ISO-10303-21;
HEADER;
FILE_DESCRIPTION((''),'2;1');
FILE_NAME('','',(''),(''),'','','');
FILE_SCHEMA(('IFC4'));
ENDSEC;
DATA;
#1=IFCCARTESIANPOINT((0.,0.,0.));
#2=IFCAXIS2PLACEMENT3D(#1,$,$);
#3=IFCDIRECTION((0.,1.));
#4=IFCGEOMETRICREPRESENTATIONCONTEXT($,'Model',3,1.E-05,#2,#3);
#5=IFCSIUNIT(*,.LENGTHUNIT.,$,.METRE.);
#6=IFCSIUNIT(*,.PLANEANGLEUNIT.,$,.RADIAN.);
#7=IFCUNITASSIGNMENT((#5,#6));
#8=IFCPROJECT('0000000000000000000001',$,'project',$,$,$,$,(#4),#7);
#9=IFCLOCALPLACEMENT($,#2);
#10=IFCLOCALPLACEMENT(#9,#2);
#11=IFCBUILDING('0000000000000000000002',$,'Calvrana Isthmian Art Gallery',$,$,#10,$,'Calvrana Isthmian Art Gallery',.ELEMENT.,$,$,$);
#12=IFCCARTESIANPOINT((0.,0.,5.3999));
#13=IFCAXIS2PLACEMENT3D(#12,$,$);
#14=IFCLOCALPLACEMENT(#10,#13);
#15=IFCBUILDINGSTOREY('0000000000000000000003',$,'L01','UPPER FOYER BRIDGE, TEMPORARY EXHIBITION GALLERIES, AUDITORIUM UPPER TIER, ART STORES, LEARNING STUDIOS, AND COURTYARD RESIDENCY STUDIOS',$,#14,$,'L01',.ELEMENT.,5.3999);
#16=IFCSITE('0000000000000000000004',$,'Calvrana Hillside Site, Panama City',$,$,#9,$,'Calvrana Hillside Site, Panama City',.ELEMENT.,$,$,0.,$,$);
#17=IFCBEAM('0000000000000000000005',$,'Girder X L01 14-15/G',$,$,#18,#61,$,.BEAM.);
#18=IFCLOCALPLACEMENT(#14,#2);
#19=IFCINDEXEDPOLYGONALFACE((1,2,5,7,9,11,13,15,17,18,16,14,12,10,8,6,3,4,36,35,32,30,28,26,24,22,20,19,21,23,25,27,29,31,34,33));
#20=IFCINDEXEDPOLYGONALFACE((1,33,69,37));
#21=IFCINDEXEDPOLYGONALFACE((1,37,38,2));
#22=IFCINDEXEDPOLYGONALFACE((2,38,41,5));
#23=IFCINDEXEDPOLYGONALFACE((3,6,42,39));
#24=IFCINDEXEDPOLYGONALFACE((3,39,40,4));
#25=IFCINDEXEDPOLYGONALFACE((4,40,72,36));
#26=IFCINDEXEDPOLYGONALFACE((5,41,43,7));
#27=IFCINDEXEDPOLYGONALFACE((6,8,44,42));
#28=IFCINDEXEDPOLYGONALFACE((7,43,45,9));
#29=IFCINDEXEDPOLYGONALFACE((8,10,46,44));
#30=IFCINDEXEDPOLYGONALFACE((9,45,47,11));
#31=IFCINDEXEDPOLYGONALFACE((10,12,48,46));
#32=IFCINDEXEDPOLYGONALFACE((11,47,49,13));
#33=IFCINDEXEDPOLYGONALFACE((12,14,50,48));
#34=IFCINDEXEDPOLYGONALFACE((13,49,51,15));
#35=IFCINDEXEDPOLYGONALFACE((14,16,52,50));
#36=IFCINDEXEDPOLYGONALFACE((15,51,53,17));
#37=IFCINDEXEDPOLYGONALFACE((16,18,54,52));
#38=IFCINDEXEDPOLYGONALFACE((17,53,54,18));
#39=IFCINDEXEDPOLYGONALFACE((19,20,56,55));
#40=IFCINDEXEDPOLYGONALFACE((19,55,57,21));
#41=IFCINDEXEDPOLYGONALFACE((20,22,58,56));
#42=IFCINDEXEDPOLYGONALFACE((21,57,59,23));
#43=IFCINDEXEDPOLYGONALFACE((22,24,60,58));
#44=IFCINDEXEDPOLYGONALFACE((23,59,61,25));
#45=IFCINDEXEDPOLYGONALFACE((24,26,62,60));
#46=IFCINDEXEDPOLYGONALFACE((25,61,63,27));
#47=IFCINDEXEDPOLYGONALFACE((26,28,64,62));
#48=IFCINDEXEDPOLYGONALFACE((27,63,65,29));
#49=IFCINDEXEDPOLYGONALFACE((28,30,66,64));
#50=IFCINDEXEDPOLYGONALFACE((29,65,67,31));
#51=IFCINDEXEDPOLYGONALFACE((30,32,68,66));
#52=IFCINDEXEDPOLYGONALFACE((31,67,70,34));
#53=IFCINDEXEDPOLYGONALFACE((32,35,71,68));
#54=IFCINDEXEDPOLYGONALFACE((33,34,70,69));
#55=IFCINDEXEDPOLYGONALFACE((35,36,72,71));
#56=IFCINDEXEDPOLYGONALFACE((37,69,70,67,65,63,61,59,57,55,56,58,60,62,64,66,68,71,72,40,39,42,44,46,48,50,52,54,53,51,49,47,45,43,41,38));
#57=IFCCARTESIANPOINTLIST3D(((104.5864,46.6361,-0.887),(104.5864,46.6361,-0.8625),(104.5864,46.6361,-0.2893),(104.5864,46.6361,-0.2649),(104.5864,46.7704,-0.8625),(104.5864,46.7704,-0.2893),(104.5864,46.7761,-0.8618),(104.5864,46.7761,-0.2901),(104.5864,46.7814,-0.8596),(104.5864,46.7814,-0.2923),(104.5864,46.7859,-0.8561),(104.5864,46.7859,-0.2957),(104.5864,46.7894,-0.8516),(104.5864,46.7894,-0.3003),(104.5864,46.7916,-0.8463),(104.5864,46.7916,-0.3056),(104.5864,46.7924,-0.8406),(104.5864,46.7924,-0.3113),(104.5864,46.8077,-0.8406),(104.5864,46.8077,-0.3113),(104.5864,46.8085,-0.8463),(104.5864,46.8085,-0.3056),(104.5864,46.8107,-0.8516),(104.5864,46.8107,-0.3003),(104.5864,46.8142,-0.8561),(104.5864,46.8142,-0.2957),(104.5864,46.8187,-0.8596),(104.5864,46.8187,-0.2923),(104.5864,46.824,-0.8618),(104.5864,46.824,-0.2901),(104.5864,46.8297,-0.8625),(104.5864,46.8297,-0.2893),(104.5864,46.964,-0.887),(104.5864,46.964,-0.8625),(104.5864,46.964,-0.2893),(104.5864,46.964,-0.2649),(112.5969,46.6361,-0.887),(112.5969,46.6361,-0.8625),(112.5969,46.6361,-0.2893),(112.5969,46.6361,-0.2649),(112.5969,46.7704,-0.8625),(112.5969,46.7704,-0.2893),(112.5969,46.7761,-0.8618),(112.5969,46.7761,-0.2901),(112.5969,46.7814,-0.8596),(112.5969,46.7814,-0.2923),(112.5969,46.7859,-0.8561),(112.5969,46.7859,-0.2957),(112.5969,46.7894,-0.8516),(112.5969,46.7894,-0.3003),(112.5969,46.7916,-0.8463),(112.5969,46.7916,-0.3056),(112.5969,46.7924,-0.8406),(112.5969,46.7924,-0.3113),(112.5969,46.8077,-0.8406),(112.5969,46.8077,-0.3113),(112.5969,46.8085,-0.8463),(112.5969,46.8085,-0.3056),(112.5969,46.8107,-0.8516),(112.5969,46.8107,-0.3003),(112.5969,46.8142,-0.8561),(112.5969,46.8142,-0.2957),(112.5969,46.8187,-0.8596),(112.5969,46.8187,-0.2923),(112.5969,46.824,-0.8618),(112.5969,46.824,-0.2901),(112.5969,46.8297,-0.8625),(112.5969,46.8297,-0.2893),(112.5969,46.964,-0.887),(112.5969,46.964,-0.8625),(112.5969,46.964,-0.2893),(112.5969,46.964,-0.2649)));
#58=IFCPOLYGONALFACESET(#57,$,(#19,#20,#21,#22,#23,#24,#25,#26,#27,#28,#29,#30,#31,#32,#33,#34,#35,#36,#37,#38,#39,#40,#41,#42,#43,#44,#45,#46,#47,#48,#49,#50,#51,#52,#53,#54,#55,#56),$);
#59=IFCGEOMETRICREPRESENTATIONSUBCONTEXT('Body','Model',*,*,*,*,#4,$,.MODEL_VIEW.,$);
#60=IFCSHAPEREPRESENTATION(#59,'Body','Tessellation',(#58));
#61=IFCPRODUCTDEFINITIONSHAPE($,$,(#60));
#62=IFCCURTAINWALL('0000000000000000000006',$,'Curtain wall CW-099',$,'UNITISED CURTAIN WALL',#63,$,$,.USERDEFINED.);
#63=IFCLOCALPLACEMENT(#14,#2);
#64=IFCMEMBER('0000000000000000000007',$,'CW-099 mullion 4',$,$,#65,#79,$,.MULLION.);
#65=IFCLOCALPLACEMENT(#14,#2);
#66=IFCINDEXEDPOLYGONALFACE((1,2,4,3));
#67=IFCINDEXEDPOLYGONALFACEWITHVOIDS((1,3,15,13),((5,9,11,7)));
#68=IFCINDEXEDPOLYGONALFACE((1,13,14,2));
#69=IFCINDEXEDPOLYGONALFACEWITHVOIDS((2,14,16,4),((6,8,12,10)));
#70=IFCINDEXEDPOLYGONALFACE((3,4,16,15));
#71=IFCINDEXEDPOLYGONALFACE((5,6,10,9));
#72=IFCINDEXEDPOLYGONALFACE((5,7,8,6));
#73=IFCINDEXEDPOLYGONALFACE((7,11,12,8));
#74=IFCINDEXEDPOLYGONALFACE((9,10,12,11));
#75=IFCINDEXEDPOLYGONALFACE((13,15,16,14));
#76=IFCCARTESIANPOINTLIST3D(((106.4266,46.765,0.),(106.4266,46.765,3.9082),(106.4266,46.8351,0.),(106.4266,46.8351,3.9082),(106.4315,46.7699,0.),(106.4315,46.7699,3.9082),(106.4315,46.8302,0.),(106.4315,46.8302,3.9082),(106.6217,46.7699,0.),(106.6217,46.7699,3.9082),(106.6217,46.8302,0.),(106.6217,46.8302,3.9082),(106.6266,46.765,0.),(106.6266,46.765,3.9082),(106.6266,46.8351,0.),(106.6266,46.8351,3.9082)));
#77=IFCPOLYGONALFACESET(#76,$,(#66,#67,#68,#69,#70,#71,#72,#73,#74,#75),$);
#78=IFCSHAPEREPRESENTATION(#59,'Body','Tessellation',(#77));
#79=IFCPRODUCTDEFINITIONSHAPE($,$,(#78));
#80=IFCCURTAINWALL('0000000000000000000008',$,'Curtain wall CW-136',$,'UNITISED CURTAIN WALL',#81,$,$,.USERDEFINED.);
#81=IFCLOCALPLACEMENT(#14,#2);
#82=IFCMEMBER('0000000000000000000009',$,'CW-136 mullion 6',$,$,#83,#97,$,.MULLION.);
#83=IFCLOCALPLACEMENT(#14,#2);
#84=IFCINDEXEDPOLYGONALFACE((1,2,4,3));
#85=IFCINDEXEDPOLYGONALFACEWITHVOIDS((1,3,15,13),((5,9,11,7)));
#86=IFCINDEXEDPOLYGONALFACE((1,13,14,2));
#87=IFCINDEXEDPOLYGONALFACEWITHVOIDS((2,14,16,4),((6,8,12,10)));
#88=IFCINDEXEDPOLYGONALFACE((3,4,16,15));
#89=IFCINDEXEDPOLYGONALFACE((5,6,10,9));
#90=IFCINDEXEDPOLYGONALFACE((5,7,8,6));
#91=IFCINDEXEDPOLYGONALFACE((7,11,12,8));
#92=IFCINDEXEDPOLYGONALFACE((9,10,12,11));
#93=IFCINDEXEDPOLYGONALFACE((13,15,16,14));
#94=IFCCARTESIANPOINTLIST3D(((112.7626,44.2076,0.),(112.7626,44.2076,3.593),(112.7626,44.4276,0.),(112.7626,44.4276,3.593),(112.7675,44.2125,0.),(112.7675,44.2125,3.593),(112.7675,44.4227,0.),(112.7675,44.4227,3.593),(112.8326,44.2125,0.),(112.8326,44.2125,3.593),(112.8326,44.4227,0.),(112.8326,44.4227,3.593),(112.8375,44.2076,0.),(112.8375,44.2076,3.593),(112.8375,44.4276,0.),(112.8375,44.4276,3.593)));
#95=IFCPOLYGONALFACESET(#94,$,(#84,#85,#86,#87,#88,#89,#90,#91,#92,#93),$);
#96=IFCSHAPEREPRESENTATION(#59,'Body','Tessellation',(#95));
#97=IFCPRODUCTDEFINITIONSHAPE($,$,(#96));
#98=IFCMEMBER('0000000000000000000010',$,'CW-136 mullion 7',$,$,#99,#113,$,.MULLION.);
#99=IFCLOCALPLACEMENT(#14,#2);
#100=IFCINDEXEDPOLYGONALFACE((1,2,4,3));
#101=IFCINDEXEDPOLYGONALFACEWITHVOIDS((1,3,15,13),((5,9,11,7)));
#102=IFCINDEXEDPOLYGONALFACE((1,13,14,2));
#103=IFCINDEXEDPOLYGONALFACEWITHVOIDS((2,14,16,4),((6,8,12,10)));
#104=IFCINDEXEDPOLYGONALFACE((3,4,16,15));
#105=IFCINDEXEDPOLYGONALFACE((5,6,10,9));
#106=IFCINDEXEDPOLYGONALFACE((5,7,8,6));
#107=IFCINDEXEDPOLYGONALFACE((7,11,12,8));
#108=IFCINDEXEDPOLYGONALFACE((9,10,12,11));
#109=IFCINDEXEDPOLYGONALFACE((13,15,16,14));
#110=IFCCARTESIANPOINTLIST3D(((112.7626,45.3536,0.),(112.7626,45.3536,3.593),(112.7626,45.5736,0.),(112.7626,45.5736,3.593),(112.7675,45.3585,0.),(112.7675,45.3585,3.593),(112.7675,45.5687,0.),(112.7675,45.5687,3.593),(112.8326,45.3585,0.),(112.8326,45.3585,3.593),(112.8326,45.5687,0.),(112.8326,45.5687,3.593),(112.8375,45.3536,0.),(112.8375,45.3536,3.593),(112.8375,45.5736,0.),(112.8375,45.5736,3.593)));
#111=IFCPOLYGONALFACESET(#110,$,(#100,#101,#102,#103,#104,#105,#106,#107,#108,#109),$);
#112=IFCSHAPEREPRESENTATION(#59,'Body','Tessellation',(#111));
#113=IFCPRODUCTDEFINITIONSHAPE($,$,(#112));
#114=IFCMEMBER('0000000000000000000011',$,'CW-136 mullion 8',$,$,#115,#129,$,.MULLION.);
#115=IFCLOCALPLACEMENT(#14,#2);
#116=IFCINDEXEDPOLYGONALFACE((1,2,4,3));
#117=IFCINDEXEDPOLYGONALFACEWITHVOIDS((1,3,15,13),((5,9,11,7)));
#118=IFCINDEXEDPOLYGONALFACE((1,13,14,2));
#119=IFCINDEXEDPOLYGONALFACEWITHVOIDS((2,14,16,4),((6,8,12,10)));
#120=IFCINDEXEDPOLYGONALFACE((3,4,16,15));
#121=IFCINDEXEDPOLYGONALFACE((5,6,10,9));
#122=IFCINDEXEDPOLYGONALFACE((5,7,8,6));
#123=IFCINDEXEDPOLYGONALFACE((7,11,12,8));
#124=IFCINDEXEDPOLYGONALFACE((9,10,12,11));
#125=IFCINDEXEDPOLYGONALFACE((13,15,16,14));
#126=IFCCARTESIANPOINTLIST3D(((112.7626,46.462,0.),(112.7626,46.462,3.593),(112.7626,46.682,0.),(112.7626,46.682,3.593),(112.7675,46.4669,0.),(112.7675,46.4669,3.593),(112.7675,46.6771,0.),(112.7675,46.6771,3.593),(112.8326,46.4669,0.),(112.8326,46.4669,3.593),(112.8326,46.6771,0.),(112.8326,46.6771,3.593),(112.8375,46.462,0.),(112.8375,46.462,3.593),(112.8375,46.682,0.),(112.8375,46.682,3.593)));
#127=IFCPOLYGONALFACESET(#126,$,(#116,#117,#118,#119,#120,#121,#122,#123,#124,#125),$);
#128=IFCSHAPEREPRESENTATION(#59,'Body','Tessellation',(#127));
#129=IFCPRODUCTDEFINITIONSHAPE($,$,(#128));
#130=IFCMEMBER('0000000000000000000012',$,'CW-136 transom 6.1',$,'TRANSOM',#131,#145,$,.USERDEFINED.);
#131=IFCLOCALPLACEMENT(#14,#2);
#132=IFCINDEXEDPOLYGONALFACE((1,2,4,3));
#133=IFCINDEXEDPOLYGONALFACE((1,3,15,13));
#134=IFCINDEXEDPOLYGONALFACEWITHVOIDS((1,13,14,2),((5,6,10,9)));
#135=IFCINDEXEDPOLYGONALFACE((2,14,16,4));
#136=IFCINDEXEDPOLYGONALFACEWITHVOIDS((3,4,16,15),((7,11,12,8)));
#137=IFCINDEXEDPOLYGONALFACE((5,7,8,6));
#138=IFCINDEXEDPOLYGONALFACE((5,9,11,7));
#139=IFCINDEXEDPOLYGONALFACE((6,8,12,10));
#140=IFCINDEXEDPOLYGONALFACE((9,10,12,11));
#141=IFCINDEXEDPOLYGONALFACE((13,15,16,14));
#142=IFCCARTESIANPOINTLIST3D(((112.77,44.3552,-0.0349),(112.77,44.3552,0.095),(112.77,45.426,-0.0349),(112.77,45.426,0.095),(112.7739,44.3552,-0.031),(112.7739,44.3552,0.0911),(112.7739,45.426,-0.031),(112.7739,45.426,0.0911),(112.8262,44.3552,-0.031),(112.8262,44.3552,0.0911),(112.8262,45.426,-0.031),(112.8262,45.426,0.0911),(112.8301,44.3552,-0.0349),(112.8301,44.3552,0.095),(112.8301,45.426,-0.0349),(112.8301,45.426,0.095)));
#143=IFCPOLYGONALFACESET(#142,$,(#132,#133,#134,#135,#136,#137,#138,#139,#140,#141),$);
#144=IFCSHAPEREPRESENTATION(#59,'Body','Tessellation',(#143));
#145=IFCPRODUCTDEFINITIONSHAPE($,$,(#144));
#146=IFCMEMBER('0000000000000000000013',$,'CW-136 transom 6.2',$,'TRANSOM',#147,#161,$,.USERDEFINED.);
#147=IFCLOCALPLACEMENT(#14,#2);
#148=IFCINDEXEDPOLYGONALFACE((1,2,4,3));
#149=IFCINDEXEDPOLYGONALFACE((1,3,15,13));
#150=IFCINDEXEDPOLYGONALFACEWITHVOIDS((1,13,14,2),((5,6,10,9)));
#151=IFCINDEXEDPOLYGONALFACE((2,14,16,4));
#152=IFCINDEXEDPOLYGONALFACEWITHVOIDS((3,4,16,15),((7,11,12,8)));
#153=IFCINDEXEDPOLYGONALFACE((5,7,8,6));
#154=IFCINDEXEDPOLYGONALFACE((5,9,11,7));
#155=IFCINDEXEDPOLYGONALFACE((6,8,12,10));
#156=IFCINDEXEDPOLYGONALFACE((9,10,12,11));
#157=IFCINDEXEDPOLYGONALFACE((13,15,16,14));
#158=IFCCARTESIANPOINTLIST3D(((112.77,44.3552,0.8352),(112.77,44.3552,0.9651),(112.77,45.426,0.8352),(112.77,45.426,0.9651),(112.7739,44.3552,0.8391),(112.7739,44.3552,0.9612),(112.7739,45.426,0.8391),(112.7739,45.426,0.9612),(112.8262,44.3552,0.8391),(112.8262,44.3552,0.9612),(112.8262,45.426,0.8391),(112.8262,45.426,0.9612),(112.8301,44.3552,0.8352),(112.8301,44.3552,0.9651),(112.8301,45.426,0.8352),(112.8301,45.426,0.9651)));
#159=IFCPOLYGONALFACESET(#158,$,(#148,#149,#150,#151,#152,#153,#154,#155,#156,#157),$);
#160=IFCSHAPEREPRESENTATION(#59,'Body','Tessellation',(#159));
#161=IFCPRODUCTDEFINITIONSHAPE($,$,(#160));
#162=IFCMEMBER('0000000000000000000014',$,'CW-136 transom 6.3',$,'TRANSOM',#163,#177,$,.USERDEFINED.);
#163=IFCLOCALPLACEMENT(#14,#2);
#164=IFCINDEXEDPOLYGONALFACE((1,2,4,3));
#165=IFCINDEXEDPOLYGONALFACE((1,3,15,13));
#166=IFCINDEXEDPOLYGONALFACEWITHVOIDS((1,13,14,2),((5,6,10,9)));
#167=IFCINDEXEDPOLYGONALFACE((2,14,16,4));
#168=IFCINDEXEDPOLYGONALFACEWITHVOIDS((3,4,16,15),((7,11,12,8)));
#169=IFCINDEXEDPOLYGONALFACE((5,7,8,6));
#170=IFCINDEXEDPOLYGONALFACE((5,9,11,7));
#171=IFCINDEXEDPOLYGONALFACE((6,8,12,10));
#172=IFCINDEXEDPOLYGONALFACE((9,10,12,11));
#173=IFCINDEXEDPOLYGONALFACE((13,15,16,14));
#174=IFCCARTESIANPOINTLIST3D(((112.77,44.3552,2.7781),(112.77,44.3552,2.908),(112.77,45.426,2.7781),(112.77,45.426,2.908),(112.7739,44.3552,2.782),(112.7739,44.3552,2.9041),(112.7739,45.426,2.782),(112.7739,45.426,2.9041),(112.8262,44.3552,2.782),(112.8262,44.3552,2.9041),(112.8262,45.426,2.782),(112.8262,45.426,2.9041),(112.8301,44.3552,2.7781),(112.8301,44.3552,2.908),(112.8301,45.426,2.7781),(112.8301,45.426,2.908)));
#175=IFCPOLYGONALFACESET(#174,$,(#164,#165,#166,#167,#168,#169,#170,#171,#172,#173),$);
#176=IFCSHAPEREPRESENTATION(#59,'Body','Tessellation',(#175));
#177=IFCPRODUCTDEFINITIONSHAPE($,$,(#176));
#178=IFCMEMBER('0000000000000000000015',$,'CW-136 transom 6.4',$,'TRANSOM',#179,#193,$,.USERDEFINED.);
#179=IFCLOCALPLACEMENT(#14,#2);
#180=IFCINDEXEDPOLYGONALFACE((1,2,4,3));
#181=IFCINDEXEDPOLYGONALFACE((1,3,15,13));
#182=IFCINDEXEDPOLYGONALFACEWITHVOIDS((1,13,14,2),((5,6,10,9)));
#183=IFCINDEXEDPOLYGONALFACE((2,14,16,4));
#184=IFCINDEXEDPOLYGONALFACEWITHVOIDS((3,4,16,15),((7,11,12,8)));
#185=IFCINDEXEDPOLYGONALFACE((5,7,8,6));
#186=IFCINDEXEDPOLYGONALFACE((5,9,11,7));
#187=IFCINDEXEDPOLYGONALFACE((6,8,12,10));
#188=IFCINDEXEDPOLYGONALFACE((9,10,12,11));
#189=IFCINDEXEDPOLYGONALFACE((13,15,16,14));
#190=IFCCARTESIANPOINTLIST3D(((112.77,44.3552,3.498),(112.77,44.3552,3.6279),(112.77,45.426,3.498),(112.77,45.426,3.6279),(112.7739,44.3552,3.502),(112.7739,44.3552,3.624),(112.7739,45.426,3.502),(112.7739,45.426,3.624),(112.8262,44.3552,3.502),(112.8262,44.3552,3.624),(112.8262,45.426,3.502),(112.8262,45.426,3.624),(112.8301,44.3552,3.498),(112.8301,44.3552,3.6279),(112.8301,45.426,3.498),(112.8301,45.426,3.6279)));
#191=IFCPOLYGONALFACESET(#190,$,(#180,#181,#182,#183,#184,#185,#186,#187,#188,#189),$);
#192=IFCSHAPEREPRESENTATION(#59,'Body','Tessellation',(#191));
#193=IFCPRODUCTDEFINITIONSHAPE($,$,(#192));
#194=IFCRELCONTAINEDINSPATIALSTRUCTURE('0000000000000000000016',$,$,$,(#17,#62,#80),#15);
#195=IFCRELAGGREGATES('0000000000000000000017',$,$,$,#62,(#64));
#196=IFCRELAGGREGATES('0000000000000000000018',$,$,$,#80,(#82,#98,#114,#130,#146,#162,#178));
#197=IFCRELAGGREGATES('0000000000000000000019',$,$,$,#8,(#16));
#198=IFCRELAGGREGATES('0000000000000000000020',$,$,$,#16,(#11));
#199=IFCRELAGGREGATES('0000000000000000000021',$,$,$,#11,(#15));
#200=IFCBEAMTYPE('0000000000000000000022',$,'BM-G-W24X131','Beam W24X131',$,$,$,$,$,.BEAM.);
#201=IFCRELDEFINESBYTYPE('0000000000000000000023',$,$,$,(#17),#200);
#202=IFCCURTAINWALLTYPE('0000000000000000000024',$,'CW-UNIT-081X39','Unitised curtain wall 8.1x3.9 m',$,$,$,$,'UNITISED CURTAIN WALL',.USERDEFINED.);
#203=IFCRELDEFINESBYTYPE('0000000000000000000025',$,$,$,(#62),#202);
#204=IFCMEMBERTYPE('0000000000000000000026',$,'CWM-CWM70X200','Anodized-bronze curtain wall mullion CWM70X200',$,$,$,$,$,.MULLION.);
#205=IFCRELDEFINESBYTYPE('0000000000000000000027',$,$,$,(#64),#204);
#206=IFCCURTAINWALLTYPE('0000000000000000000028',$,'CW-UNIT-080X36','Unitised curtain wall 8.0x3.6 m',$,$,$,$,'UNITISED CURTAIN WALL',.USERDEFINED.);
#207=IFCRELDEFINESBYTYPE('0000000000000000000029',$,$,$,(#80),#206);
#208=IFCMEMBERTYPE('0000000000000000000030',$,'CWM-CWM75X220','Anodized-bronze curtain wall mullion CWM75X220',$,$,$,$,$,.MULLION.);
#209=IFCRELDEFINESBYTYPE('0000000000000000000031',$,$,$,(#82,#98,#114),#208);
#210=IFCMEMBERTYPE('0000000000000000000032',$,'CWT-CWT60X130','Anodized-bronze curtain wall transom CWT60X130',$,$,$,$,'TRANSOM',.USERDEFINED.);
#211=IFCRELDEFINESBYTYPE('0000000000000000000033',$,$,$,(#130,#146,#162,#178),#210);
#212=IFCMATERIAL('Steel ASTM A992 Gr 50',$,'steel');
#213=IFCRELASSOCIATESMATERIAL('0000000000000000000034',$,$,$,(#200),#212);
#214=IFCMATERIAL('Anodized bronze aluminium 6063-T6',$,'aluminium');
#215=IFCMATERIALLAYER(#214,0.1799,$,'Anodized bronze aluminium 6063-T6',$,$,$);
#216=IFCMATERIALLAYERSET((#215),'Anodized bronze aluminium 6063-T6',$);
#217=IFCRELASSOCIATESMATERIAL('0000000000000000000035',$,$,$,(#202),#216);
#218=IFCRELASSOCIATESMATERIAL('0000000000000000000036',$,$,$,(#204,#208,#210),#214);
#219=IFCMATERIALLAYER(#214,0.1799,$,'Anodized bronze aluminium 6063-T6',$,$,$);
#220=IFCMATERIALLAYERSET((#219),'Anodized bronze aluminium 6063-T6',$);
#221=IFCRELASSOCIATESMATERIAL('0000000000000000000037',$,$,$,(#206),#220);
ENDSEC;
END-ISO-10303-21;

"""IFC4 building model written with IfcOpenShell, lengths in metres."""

from ifc_helpers import new_model, si_unit, direction, frame, origin, origin_2d, place, context, subcontext, project, spatial, hollow_rectangle, i_section, extrude, material, layer, layer_set, material_profile, profile_set, type_object, element, aggregate, save


model = new_model("IFC4")

# Units and contexts
model_context = context("Model", 3, precision=1e-05, world=origin(), true_north=direction((0.0, 1.0)))
body_context = subcontext(model_context, "Body", "Model", "MODEL_VIEW")
ifc_project = project(units=[si_unit("LENGTHUNIT", "METRE"), si_unit("PLANEANGLEUNIT", "RADIAN")], contexts=[model_context])

# Site, building, storey
site_placement = place(None, origin())
site = spatial("IfcSite", under=ifc_project, at=site_placement, Name="Calvrana Hillside Site, Panama City", LongName="Calvrana Hillside Site, Panama City", CompositionType="ELEMENT", RefElevation=0.0)
building_placement = place(site_placement, origin())
building = spatial("IfcBuilding", under=site, at=building_placement, Name="Calvrana Isthmian Art Gallery", LongName="Calvrana Isthmian Art Gallery", CompositionType="ELEMENT")
storey_placement = place(building_placement, frame((0.0, 0.0, 5.3999)))
storey = spatial("IfcBuildingStorey", under=building, at=storey_placement, Name="L01", Description="UPPER FOYER BRIDGE, TEMPORARY EXHIBITION GALLERIES, AUDITORIUM UPPER TIER, ART STORES, LEARNING STUDIOS, AND COURTYARD RESIDENCY STUDIOS", LongName="L01", CompositionType="ELEMENT", Elevation=5.3999)

# Beam
ifc_material_1 = material(Name="Steel ASTM A992 Gr 50", Category="steel")
ifc_material_profile_1 = material_profile(ifc_material_1, i_section(OverallWidth=0.3279, OverallDepth=0.6221, WebThickness=0.0154, FlangeThickness=0.0244, FilletRadius=0.022, at=origin_2d()), Name="W24X131")
ifc_profile_set_1 = profile_set([ifc_material_profile_1], Name="Steel ASTM A992 Gr 50")
beam_type = type_object("IfcBeamType", Name="BM-G-W24X131", Description="Beam W24X131", PredefinedType="BEAM", material=ifc_profile_set_1)
beam_placement = place(storey_placement, frame((104.5864, 46.8, -0.5759), z_axis=(1.0, 0.0, 0.0), x_axis=(0.0, 1.0, 0.0)))
element("IfcBeam", 1, at=beam_placement, inside=storey, type_object=beam_type, Name="Girder X L01 14-15/G", PredefinedType="BEAM", context=body_context, shape_type="SweptSolid", body=[
    extrude(i_section(OverallWidth=0.3279, OverallDepth=0.6221, WebThickness=0.0154, FlangeThickness=0.0244, FilletRadius=0.022, at=origin_2d()), origin(), (0.0, 0.0, 1.0), 8.0105),
])

# Curtain wall, member
ifc_material_2 = material(Name="Anodized bronze aluminium 6063-T6", Category="aluminium")
ifc_layer_1 = layer(ifc_material_2, 0.1799, Name="Anodized bronze aluminium 6063-T6")
ifc_layer_set_1 = layer_set([ifc_layer_1], Name="Anodized bronze aluminium 6063-T6")
curtain_wall_type_1 = type_object("IfcCurtainWallType", Name="CW-UNIT-081X39", Description="Unitised curtain wall 8.1x3.9 m", ElementType="UNITISED CURTAIN WALL", PredefinedType="USERDEFINED", material=ifc_layer_set_1)
curtain_wall_1_placement = place(storey_placement, origin())
curtain_wall_1 = element("IfcCurtainWall", 2, at=curtain_wall_1_placement, inside=storey, type_object=curtain_wall_type_1, Name="Curtain wall CW-099", ObjectType="UNITISED CURTAIN WALL", PredefinedType="USERDEFINED")
ifc_material_profile_2 = material_profile(ifc_material_2, hollow_rectangle(XDim=0.0701, YDim=0.2, WallThickness=0.0049, at=origin_2d()), Name="CWM70X200")
ifc_profile_set_2 = profile_set([ifc_material_profile_2], Name="Anodized bronze aluminium 6063-T6")
member_type_1 = type_object("IfcMemberType", Name="CWM-CWM70X200", Description="Anodized-bronze curtain wall mullion CWM70X200", PredefinedType="MULLION", material=ifc_profile_set_2)
member_1_placement = place(storey_placement, frame((106.5266, 46.8, 0.0), z_axis=(0.0, 0.0, 1.0), x_axis=(0.0, -1.0, 0.0)))
member_1 = element("IfcMember", 3, at=member_1_placement, type_object=member_type_1, Name="CW-099 mullion 4", PredefinedType="MULLION", context=body_context, shape_type="SweptSolid", body=[
    extrude(hollow_rectangle(XDim=0.0701, YDim=0.2, WallThickness=0.0049, at=origin_2d()), origin(), (0.0, 0.0, 1.0), 3.9082),
])

# Curtain wall, members
ifc_layer_2 = layer(ifc_material_2, 0.1799, Name="Anodized bronze aluminium 6063-T6")
ifc_layer_set_2 = layer_set([ifc_layer_2], Name="Anodized bronze aluminium 6063-T6")
curtain_wall_type_2 = type_object("IfcCurtainWallType", Name="CW-UNIT-080X36", Description="Unitised curtain wall 8.0x3.6 m", ElementType="UNITISED CURTAIN WALL", PredefinedType="USERDEFINED", material=ifc_layer_set_2)
curtain_wall_2_placement = place(storey_placement, origin())
curtain_wall_2 = element("IfcCurtainWall", 4, at=curtain_wall_2_placement, inside=storey, type_object=curtain_wall_type_2, Name="Curtain wall CW-136", ObjectType="UNITISED CURTAIN WALL", PredefinedType="USERDEFINED")
ifc_material_profile_3 = material_profile(ifc_material_2, hollow_rectangle(XDim=0.075, YDim=0.22, WallThickness=0.0049, at=origin_2d()), Name="CWM75X220")
ifc_profile_set_3 = profile_set([ifc_material_profile_3], Name="Anodized bronze aluminium 6063-T6")
member_type_2 = type_object("IfcMemberType", Name="CWM-CWM75X220", Description="Anodized-bronze curtain wall mullion CWM75X220", PredefinedType="MULLION", material=ifc_profile_set_3)
member_2_placement = place(storey_placement, frame((112.8, 44.3176, 0.0), z_axis=(0.0, 0.0, 1.0), x_axis=(-1.0, 0.0, 0.0)))
member_2 = element("IfcMember", 5, at=member_2_placement, type_object=member_type_2, Name="CW-136 mullion 6", PredefinedType="MULLION", context=body_context, shape_type="SweptSolid", body=[
    extrude(hollow_rectangle(XDim=0.075, YDim=0.22, WallThickness=0.0049, at=origin_2d()), origin(), (0.0, 0.0, 1.0), 3.593),
])
member_3_placement = place(storey_placement, frame((112.8, 45.4636, 0.0), z_axis=(0.0, 0.0, 1.0), x_axis=(-1.0, 0.0, 0.0)))
member_3 = element("IfcMember", 6, at=member_3_placement, type_object=member_type_2, Name="CW-136 mullion 7", PredefinedType="MULLION", context=body_context, shape_type="SweptSolid", body=[
    extrude(hollow_rectangle(XDim=0.075, YDim=0.22, WallThickness=0.0049, at=origin_2d()), origin(), (0.0, 0.0, 1.0), 3.593),
])
member_4_placement = place(storey_placement, frame((112.8, 46.572, 0.0), z_axis=(0.0, 0.0, 1.0), x_axis=(-1.0, 0.0, 0.0)))
member_4 = element("IfcMember", 7, at=member_4_placement, type_object=member_type_2, Name="CW-136 mullion 8", PredefinedType="MULLION", context=body_context, shape_type="SweptSolid", body=[
    extrude(hollow_rectangle(XDim=0.075, YDim=0.22, WallThickness=0.0049, at=origin_2d()), origin(), (0.0, 0.0, 1.0), 3.593),
])
ifc_material_profile_4 = material_profile(ifc_material_2, hollow_rectangle(XDim=0.0601, YDim=0.1299, WallThickness=0.0039, at=origin_2d()), Name="CWT60X130")
ifc_profile_set_4 = profile_set([ifc_material_profile_4], Name="Anodized bronze aluminium 6063-T6")
member_type_3 = type_object("IfcMemberType", Name="CWT-CWT60X130", Description="Anodized-bronze curtain wall transom CWT60X130", ElementType="TRANSOM", PredefinedType="USERDEFINED", material=ifc_profile_set_4)
member_5_placement = place(storey_placement, frame((112.8, 44.3552, 0.03), z_axis=(0.0, 1.0, 0.0), x_axis=(-1.0, 0.0, 0.0)))
member_5 = element("IfcMember", 8, at=member_5_placement, type_object=member_type_3, Name="CW-136 transom 6.1", ObjectType="TRANSOM", PredefinedType="USERDEFINED", context=body_context, shape_type="SweptSolid", body=[
    extrude(hollow_rectangle(XDim=0.0601, YDim=0.1299, WallThickness=0.0039, at=origin_2d()), origin(), (0.0, 0.0, 1.0), 1.0708),
])
member_6_placement = place(storey_placement, frame((112.8, 44.3552, 0.9001), z_axis=(0.0, 1.0, 0.0), x_axis=(-1.0, 0.0, 0.0)))
member_6 = element("IfcMember", 9, at=member_6_placement, type_object=member_type_3, Name="CW-136 transom 6.2", ObjectType="TRANSOM", PredefinedType="USERDEFINED", context=body_context, shape_type="SweptSolid", body=[
    extrude(hollow_rectangle(XDim=0.0601, YDim=0.1299, WallThickness=0.0039, at=origin_2d()), origin(), (0.0, 0.0, 1.0), 1.0708),
])
member_7_placement = place(storey_placement, frame((112.8, 44.3552, 2.843), z_axis=(0.0, 1.0, 0.0), x_axis=(-1.0, 0.0, 0.0)))
member_7 = element("IfcMember", 10, at=member_7_placement, type_object=member_type_3, Name="CW-136 transom 6.3", ObjectType="TRANSOM", PredefinedType="USERDEFINED", context=body_context, shape_type="SweptSolid", body=[
    extrude(hollow_rectangle(XDim=0.0601, YDim=0.1299, WallThickness=0.0039, at=origin_2d()), origin(), (0.0, 0.0, 1.0), 1.0708),
])
member_8_placement = place(storey_placement, frame((112.8, 44.3552, 3.563), z_axis=(0.0, 1.0, 0.0), x_axis=(-1.0, 0.0, 0.0)))
member_8 = element("IfcMember", 11, at=member_8_placement, type_object=member_type_3, Name="CW-136 transom 6.4", ObjectType="TRANSOM", PredefinedType="USERDEFINED", context=body_context, shape_type="SweptSolid", body=[
    extrude(hollow_rectangle(XDim=0.0601, YDim=0.1299, WallThickness=0.0039, at=origin_2d()), origin(), (0.0, 0.0, 1.0), 1.0708),
])

aggregate(curtain_wall_1, [member_1])
aggregate(curtain_wall_2, [member_2, member_3, member_4, member_5, member_6, member_7, member_8])

save(model, "model.ifc")
